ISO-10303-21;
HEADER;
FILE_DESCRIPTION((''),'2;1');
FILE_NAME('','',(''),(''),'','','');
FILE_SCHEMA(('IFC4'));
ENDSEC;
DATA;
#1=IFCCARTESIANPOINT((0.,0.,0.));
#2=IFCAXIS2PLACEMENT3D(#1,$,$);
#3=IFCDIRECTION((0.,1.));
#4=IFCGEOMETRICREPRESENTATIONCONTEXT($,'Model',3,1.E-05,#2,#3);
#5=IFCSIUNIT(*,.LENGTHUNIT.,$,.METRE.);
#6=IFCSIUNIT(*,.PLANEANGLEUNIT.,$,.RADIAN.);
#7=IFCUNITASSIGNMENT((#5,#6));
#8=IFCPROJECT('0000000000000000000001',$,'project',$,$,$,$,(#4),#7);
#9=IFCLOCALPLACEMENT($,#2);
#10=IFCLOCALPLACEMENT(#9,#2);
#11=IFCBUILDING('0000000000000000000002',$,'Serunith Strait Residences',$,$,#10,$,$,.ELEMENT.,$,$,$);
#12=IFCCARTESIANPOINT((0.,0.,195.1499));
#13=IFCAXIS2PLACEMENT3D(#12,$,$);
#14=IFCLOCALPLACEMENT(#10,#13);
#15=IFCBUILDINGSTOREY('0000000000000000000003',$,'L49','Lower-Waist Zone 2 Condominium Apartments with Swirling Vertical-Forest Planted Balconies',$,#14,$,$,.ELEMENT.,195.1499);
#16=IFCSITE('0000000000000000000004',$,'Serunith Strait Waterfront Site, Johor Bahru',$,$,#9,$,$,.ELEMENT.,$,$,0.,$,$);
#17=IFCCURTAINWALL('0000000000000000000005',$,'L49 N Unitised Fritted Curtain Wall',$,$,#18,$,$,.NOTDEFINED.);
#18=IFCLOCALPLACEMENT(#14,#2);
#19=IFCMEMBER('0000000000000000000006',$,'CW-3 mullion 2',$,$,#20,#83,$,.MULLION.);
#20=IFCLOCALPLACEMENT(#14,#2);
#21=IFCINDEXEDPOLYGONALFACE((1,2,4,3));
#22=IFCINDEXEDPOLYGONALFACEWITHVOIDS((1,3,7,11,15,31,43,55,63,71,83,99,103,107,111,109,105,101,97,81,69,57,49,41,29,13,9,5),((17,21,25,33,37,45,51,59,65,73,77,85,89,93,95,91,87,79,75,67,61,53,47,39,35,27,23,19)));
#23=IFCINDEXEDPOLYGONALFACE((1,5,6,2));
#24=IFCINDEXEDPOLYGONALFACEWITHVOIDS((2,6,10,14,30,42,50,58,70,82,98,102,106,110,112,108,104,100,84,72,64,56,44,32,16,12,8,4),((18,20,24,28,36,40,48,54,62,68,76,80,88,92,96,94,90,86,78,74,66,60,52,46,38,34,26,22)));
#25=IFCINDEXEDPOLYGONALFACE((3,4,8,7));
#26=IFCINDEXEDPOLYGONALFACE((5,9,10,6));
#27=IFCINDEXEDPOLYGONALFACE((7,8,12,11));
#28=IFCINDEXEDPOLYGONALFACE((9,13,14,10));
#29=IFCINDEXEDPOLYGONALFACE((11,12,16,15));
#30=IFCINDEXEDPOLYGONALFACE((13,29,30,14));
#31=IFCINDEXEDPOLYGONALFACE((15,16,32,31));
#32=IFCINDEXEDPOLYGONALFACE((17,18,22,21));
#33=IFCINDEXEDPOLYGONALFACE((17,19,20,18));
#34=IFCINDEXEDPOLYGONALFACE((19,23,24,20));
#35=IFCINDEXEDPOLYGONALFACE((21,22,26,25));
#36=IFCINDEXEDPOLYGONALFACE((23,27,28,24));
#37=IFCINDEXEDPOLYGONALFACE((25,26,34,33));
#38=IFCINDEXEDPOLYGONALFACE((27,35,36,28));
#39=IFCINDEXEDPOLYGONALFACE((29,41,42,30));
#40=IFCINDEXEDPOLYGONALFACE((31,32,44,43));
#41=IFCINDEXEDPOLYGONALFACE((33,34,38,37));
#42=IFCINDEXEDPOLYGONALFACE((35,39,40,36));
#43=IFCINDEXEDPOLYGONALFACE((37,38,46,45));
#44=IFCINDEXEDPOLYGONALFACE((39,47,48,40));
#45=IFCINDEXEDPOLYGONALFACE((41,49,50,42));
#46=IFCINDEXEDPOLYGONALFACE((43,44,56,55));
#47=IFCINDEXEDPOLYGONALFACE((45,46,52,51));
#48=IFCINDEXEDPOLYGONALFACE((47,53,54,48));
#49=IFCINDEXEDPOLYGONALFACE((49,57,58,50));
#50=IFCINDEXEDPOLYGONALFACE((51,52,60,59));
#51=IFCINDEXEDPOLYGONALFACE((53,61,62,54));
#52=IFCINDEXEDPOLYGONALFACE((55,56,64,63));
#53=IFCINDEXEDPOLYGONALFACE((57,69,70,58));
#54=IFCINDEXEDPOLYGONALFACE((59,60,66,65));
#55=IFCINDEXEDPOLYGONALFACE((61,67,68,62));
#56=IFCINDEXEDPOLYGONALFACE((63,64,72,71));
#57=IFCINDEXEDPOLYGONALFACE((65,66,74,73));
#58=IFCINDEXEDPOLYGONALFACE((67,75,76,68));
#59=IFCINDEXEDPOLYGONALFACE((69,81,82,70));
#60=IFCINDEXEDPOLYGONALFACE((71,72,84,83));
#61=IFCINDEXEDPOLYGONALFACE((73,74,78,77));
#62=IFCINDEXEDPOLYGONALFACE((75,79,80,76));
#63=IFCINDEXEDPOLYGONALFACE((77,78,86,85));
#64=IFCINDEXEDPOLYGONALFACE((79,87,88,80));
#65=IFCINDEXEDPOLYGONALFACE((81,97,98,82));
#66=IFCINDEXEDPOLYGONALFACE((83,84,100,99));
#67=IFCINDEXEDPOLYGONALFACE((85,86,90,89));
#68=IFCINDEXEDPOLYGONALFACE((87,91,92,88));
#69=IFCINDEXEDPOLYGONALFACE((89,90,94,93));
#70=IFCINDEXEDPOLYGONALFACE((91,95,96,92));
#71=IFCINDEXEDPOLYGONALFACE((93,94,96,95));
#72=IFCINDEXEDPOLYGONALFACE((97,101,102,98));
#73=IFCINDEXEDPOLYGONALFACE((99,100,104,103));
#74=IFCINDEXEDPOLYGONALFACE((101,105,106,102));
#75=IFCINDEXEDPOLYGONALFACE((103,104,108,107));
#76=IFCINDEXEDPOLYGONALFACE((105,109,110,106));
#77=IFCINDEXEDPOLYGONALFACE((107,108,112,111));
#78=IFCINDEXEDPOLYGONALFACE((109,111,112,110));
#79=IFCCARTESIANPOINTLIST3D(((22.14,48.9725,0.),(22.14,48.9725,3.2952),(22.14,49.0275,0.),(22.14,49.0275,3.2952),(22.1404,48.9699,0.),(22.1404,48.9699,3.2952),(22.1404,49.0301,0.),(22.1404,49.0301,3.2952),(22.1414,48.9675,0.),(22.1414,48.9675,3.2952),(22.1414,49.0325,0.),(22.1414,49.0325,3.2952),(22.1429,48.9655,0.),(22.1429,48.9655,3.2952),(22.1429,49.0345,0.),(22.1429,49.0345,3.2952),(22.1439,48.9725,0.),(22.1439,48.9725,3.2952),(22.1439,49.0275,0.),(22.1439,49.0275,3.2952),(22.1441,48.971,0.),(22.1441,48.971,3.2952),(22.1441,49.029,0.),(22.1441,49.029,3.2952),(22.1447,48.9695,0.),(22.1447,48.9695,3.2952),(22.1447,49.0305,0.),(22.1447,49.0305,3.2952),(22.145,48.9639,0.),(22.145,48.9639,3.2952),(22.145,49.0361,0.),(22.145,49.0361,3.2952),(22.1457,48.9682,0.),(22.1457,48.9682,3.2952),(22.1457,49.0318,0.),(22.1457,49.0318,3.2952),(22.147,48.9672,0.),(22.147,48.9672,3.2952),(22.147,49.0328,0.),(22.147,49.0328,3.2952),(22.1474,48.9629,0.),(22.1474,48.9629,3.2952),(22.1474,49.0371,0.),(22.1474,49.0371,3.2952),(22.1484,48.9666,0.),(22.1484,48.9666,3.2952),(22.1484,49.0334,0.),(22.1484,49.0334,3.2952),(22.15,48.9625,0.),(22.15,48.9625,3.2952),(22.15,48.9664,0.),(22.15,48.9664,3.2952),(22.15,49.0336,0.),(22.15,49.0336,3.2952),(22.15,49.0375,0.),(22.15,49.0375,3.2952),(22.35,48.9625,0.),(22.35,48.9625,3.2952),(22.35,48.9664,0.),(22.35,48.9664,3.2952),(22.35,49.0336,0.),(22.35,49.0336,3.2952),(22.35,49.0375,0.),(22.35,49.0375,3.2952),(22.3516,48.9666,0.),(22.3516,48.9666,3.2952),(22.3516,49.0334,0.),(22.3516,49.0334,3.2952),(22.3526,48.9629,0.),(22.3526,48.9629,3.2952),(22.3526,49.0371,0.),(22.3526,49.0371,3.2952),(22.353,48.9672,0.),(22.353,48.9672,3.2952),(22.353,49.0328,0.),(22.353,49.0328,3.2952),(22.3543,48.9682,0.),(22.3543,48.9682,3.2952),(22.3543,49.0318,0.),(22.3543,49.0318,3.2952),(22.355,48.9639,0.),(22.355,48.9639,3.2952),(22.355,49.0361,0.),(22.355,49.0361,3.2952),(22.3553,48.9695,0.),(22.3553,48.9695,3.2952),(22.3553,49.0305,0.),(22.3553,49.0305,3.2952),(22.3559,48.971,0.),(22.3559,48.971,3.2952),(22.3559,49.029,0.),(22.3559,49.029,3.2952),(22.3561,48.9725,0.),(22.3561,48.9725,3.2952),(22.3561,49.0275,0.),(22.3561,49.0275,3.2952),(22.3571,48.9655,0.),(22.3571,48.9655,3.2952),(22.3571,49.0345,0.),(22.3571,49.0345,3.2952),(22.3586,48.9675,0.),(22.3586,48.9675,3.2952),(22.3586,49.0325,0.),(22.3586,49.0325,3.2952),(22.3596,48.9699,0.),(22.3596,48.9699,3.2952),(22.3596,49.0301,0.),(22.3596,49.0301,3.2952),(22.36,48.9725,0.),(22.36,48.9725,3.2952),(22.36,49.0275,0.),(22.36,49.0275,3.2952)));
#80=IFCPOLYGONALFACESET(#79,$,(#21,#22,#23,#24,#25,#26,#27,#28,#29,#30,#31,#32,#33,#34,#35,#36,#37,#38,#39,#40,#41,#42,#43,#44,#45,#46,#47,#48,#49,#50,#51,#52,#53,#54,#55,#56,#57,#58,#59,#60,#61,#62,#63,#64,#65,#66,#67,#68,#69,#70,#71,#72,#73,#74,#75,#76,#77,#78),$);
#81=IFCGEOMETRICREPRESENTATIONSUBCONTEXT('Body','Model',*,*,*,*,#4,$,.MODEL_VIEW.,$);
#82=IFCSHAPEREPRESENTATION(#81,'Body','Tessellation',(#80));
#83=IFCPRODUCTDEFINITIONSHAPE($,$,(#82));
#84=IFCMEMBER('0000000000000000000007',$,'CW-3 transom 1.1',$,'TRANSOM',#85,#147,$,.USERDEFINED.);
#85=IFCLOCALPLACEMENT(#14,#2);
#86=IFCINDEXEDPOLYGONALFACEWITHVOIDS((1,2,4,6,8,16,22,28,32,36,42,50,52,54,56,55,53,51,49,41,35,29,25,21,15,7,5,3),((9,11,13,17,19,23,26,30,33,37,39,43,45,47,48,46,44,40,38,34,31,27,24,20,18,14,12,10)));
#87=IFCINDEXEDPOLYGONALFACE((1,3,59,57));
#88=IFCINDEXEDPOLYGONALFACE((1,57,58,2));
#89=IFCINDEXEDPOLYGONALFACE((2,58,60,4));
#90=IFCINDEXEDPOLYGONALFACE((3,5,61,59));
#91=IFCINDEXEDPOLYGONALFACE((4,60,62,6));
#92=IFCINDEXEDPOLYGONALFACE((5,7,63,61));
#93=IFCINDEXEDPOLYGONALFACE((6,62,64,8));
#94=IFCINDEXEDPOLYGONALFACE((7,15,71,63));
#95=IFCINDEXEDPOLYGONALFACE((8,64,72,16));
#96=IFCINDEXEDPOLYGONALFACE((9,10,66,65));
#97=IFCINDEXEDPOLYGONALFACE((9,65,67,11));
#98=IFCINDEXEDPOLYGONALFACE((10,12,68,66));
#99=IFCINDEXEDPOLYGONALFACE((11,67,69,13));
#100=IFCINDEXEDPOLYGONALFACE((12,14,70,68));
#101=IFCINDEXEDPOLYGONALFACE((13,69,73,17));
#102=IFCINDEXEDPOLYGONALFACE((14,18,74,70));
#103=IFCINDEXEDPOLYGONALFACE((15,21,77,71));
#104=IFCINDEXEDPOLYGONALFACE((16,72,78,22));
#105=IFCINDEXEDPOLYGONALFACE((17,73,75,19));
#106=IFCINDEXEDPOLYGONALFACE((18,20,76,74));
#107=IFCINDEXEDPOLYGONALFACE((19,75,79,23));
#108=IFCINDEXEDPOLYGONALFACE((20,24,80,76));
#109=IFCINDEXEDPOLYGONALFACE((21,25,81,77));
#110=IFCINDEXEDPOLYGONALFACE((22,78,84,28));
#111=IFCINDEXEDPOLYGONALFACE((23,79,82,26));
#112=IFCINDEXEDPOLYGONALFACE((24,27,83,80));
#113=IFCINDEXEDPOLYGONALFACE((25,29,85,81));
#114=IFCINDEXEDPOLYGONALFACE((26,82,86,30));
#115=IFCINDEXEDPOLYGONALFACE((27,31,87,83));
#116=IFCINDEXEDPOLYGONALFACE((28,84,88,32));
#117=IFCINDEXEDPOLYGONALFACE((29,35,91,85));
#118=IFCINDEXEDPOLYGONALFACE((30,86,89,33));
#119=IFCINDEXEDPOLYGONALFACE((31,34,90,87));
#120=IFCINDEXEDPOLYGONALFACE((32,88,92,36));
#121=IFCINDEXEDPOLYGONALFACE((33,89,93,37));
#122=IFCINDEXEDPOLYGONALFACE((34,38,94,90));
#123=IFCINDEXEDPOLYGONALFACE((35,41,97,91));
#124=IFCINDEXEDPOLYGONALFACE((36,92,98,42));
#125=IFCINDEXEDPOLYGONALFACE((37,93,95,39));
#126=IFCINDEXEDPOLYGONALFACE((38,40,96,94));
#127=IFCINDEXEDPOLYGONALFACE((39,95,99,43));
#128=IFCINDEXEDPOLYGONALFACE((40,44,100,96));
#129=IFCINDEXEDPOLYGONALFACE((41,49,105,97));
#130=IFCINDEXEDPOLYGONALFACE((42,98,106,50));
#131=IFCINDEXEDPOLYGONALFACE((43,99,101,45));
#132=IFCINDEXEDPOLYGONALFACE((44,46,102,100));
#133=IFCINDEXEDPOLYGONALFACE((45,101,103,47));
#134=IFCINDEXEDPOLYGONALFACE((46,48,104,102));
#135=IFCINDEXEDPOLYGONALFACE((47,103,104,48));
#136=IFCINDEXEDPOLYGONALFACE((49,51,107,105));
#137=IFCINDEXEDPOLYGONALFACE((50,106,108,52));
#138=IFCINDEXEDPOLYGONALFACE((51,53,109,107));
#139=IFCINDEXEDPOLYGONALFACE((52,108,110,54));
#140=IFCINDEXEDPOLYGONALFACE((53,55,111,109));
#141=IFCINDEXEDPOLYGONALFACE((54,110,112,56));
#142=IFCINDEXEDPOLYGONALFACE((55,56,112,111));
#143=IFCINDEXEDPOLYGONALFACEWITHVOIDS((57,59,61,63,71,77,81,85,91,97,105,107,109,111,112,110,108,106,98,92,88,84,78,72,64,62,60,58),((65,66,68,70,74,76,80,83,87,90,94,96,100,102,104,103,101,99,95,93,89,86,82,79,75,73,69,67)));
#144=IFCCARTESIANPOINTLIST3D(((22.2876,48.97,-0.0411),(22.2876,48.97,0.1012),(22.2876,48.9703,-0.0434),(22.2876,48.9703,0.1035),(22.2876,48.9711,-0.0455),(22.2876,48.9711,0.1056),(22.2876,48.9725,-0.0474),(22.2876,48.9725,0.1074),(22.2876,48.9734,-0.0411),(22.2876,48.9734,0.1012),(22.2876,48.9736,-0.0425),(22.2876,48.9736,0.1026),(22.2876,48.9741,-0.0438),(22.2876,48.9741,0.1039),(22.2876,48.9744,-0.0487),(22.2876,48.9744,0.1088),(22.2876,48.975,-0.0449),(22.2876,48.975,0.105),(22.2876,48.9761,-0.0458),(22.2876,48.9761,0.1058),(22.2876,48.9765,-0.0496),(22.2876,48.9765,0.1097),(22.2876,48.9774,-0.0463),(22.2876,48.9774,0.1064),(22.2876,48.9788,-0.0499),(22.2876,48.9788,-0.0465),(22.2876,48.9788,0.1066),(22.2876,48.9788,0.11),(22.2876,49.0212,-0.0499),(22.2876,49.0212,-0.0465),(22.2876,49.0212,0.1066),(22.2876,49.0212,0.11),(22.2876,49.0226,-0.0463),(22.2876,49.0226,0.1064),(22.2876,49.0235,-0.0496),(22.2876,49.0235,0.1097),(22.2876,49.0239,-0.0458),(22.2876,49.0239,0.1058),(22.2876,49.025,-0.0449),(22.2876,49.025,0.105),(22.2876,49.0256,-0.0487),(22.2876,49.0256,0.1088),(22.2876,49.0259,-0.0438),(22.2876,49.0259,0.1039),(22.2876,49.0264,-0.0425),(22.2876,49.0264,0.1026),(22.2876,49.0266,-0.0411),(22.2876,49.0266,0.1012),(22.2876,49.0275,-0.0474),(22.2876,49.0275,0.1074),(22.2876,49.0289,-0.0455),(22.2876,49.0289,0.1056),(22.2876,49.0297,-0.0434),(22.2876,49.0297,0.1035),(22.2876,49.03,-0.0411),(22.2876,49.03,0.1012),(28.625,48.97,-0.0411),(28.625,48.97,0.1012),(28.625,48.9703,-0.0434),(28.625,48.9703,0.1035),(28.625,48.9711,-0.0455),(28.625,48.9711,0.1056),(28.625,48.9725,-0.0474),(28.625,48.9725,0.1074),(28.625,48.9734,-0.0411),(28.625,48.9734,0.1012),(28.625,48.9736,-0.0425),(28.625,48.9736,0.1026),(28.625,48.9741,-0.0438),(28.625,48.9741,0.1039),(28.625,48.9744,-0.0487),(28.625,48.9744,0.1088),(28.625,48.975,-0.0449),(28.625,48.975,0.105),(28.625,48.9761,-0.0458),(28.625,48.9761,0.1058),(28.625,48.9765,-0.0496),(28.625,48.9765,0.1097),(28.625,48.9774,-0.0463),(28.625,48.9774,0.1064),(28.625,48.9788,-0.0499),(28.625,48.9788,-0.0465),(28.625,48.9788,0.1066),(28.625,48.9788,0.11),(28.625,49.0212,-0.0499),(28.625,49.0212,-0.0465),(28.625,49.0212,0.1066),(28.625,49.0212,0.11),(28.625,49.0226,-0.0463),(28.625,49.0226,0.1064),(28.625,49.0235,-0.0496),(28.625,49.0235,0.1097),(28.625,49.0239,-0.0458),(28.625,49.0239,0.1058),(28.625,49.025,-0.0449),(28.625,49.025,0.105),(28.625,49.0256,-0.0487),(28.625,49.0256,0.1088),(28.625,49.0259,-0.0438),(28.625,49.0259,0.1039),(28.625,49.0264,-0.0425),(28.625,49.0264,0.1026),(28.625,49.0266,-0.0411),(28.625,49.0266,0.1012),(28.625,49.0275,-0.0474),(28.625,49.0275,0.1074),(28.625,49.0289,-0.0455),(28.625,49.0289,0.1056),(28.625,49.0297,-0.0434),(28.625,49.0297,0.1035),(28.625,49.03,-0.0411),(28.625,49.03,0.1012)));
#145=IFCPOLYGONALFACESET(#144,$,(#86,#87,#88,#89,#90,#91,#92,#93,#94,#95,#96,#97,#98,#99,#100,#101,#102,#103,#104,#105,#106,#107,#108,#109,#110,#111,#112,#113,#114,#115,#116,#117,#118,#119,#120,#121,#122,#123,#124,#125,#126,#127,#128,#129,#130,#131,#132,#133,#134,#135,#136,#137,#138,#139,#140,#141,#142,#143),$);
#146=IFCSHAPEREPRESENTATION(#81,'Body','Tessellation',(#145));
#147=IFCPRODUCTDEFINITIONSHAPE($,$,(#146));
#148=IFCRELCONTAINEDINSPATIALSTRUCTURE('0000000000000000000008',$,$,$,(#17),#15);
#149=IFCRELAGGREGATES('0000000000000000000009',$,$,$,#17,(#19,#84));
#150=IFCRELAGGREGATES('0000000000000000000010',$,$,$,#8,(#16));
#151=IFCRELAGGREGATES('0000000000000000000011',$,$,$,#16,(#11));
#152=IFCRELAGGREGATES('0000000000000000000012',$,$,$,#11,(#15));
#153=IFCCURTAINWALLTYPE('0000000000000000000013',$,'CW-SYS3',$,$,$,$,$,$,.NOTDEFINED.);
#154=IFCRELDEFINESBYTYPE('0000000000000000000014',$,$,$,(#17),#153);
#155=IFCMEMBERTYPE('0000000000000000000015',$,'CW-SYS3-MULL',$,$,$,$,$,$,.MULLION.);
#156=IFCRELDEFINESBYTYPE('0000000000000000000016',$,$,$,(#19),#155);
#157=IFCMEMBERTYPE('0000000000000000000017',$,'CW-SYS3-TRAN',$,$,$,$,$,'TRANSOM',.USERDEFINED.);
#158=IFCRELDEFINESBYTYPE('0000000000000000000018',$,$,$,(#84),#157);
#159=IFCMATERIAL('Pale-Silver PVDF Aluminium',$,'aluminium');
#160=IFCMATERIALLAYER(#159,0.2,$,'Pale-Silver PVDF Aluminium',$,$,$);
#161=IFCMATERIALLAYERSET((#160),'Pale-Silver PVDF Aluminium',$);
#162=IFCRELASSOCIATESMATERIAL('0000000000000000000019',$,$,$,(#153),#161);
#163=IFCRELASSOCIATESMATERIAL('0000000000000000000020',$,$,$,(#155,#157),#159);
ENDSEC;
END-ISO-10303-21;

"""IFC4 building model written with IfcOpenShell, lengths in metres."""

from ifc_helpers import new_model, si_unit, direction, frame, origin, origin_2d, place, context, subcontext, project, spatial, hollow_rectangle, extrude, source, transform, mapped, material, layer, layer_set, material_profile, profile_set, type_object, element, aggregate, save


model = new_model("IFC4")

# Units and contexts
model_context = context("Model", 3, precision=1e-05, world=origin(), true_north=direction((0.0, 1.0)))
body_context = subcontext(model_context, "Body", "Model", "MODEL_VIEW")
ifc_project = project(units=[si_unit("LENGTHUNIT", "METRE"), si_unit("PLANEANGLEUNIT", "RADIAN")], contexts=[model_context])

# Site, building, storey
site_placement = place(None, origin())
site = spatial("IfcSite", under=ifc_project, at=site_placement, Name="Serunith Strait Waterfront Site, Johor Bahru", CompositionType="ELEMENT", RefElevation=0.0)
building_placement = place(site_placement, origin())
building = spatial("IfcBuilding", under=site, at=building_placement, Name="Serunith Strait Residences", CompositionType="ELEMENT")
storey_placement = place(building_placement, frame((0.0, 0.0, 195.1499)))
storey = spatial("IfcBuildingStorey", under=building, at=storey_placement, Name="L49", Description="Lower-Waist Zone 2 Condominium Apartments with Swirling Vertical-Forest Planted Balconies", CompositionType="ELEMENT", Elevation=195.1499)

# Shared definitions
ifc_material_1 = material(Name="Pale-Silver PVDF Aluminium", Category="aluminium")
ifc_layer_1 = layer(ifc_material_1, 0.2, Name="Pale-Silver PVDF Aluminium")
ifc_layer_set_1 = layer_set([ifc_layer_1], Name="Pale-Silver PVDF Aluminium")
curtain_wall_type = type_object("IfcCurtainWallType", Name="CW-SYS3", PredefinedType="NOTDEFINED", material=ifc_layer_set_1)
ifc_material_profile_1 = material_profile(ifc_material_1, hollow_rectangle(XDim=0.075, YDim=0.22, WallThickness=0.0039, InnerFilletRadius=0.0061, OuterFilletRadius=0.01, at=origin_2d()), Name="ALU 220x75x4")
ifc_profile_set_1 = profile_set([ifc_material_profile_1], Name="Pale-Silver PVDF Aluminium")
member_type_1 = type_object("IfcMemberType", Name="CW-SYS3-MULL", PredefinedType="MULLION", material=ifc_profile_set_1)
shared_shape_1 = source(origin(), body_context, "Body", "SweptSolid", [
    extrude(hollow_rectangle(XDim=0.075, YDim=0.22, WallThickness=0.0039, InnerFilletRadius=0.0061, OuterFilletRadius=0.01, at=origin_2d()), origin(), (0.0, 0.0, 1.0), 3.2952),
])

# Curtain wall, members
curtain_wall_1_placement = place(storey_placement, origin())
curtain_wall_1 = element("IfcCurtainWall", 1, at=curtain_wall_1_placement, inside=storey, type_object=curtain_wall_type, Name="L49 N Unitised Fritted Curtain Wall", PredefinedType="NOTDEFINED")
member_1_placement = place(storey_placement, frame((22.25, 49.0, 0.0), z_axis=(0.0, 0.0, 1.0), x_axis=(0.0, -1.0, 0.0)))
member_1 = element("IfcMember", 2, at=member_1_placement, type_object=member_type_1, Name="CW-3 mullion 2", PredefinedType="MULLION", context=body_context, shape_type="MappedRepresentation", body=[
    mapped(shared_shape_1, transform((0.0, 0.0, 0.0), scale=1.0)),
])
ifc_material_profile_2 = material_profile(ifc_material_1, hollow_rectangle(XDim=0.0601, YDim=0.1599, WallThickness=0.0034, InnerFilletRadius=0.0054, OuterFilletRadius=0.0088, at=origin_2d()), Name="ALU 160x60x3.5")
ifc_profile_set_2 = profile_set([ifc_material_profile_2], Name="Pale-Silver PVDF Aluminium")
member_type_2 = type_object("IfcMemberType", Name="CW-SYS3-TRAN", ElementType="TRANSOM", PredefinedType="USERDEFINED", material=ifc_profile_set_2)
shared_shape_2 = source(origin(), body_context, "Body", "SweptSolid", [
    extrude(hollow_rectangle(XDim=0.0601, YDim=0.1599, WallThickness=0.0034, InnerFilletRadius=0.0054, OuterFilletRadius=0.0088, at=origin_2d()), origin(), (0.0, 0.0, 1.0), 6.3374),
])
member_2_placement = place(storey_placement, frame((28.625, 49.0, 0.03), z_axis=(-1.0, 0.0, 0.0), x_axis=(0.0, -1.0, 0.0)))
member_2 = element("IfcMember", 3, at=member_2_placement, type_object=member_type_2, Name="CW-3 transom 1.1", ObjectType="TRANSOM", PredefinedType="USERDEFINED", context=body_context, shape_type="MappedRepresentation", body=[
    mapped(shared_shape_2, transform((0.0, 0.0, 0.0), scale=1.0)),
])
aggregate(curtain_wall_1, [member_1, member_2])

save(model, "model.ifc")
